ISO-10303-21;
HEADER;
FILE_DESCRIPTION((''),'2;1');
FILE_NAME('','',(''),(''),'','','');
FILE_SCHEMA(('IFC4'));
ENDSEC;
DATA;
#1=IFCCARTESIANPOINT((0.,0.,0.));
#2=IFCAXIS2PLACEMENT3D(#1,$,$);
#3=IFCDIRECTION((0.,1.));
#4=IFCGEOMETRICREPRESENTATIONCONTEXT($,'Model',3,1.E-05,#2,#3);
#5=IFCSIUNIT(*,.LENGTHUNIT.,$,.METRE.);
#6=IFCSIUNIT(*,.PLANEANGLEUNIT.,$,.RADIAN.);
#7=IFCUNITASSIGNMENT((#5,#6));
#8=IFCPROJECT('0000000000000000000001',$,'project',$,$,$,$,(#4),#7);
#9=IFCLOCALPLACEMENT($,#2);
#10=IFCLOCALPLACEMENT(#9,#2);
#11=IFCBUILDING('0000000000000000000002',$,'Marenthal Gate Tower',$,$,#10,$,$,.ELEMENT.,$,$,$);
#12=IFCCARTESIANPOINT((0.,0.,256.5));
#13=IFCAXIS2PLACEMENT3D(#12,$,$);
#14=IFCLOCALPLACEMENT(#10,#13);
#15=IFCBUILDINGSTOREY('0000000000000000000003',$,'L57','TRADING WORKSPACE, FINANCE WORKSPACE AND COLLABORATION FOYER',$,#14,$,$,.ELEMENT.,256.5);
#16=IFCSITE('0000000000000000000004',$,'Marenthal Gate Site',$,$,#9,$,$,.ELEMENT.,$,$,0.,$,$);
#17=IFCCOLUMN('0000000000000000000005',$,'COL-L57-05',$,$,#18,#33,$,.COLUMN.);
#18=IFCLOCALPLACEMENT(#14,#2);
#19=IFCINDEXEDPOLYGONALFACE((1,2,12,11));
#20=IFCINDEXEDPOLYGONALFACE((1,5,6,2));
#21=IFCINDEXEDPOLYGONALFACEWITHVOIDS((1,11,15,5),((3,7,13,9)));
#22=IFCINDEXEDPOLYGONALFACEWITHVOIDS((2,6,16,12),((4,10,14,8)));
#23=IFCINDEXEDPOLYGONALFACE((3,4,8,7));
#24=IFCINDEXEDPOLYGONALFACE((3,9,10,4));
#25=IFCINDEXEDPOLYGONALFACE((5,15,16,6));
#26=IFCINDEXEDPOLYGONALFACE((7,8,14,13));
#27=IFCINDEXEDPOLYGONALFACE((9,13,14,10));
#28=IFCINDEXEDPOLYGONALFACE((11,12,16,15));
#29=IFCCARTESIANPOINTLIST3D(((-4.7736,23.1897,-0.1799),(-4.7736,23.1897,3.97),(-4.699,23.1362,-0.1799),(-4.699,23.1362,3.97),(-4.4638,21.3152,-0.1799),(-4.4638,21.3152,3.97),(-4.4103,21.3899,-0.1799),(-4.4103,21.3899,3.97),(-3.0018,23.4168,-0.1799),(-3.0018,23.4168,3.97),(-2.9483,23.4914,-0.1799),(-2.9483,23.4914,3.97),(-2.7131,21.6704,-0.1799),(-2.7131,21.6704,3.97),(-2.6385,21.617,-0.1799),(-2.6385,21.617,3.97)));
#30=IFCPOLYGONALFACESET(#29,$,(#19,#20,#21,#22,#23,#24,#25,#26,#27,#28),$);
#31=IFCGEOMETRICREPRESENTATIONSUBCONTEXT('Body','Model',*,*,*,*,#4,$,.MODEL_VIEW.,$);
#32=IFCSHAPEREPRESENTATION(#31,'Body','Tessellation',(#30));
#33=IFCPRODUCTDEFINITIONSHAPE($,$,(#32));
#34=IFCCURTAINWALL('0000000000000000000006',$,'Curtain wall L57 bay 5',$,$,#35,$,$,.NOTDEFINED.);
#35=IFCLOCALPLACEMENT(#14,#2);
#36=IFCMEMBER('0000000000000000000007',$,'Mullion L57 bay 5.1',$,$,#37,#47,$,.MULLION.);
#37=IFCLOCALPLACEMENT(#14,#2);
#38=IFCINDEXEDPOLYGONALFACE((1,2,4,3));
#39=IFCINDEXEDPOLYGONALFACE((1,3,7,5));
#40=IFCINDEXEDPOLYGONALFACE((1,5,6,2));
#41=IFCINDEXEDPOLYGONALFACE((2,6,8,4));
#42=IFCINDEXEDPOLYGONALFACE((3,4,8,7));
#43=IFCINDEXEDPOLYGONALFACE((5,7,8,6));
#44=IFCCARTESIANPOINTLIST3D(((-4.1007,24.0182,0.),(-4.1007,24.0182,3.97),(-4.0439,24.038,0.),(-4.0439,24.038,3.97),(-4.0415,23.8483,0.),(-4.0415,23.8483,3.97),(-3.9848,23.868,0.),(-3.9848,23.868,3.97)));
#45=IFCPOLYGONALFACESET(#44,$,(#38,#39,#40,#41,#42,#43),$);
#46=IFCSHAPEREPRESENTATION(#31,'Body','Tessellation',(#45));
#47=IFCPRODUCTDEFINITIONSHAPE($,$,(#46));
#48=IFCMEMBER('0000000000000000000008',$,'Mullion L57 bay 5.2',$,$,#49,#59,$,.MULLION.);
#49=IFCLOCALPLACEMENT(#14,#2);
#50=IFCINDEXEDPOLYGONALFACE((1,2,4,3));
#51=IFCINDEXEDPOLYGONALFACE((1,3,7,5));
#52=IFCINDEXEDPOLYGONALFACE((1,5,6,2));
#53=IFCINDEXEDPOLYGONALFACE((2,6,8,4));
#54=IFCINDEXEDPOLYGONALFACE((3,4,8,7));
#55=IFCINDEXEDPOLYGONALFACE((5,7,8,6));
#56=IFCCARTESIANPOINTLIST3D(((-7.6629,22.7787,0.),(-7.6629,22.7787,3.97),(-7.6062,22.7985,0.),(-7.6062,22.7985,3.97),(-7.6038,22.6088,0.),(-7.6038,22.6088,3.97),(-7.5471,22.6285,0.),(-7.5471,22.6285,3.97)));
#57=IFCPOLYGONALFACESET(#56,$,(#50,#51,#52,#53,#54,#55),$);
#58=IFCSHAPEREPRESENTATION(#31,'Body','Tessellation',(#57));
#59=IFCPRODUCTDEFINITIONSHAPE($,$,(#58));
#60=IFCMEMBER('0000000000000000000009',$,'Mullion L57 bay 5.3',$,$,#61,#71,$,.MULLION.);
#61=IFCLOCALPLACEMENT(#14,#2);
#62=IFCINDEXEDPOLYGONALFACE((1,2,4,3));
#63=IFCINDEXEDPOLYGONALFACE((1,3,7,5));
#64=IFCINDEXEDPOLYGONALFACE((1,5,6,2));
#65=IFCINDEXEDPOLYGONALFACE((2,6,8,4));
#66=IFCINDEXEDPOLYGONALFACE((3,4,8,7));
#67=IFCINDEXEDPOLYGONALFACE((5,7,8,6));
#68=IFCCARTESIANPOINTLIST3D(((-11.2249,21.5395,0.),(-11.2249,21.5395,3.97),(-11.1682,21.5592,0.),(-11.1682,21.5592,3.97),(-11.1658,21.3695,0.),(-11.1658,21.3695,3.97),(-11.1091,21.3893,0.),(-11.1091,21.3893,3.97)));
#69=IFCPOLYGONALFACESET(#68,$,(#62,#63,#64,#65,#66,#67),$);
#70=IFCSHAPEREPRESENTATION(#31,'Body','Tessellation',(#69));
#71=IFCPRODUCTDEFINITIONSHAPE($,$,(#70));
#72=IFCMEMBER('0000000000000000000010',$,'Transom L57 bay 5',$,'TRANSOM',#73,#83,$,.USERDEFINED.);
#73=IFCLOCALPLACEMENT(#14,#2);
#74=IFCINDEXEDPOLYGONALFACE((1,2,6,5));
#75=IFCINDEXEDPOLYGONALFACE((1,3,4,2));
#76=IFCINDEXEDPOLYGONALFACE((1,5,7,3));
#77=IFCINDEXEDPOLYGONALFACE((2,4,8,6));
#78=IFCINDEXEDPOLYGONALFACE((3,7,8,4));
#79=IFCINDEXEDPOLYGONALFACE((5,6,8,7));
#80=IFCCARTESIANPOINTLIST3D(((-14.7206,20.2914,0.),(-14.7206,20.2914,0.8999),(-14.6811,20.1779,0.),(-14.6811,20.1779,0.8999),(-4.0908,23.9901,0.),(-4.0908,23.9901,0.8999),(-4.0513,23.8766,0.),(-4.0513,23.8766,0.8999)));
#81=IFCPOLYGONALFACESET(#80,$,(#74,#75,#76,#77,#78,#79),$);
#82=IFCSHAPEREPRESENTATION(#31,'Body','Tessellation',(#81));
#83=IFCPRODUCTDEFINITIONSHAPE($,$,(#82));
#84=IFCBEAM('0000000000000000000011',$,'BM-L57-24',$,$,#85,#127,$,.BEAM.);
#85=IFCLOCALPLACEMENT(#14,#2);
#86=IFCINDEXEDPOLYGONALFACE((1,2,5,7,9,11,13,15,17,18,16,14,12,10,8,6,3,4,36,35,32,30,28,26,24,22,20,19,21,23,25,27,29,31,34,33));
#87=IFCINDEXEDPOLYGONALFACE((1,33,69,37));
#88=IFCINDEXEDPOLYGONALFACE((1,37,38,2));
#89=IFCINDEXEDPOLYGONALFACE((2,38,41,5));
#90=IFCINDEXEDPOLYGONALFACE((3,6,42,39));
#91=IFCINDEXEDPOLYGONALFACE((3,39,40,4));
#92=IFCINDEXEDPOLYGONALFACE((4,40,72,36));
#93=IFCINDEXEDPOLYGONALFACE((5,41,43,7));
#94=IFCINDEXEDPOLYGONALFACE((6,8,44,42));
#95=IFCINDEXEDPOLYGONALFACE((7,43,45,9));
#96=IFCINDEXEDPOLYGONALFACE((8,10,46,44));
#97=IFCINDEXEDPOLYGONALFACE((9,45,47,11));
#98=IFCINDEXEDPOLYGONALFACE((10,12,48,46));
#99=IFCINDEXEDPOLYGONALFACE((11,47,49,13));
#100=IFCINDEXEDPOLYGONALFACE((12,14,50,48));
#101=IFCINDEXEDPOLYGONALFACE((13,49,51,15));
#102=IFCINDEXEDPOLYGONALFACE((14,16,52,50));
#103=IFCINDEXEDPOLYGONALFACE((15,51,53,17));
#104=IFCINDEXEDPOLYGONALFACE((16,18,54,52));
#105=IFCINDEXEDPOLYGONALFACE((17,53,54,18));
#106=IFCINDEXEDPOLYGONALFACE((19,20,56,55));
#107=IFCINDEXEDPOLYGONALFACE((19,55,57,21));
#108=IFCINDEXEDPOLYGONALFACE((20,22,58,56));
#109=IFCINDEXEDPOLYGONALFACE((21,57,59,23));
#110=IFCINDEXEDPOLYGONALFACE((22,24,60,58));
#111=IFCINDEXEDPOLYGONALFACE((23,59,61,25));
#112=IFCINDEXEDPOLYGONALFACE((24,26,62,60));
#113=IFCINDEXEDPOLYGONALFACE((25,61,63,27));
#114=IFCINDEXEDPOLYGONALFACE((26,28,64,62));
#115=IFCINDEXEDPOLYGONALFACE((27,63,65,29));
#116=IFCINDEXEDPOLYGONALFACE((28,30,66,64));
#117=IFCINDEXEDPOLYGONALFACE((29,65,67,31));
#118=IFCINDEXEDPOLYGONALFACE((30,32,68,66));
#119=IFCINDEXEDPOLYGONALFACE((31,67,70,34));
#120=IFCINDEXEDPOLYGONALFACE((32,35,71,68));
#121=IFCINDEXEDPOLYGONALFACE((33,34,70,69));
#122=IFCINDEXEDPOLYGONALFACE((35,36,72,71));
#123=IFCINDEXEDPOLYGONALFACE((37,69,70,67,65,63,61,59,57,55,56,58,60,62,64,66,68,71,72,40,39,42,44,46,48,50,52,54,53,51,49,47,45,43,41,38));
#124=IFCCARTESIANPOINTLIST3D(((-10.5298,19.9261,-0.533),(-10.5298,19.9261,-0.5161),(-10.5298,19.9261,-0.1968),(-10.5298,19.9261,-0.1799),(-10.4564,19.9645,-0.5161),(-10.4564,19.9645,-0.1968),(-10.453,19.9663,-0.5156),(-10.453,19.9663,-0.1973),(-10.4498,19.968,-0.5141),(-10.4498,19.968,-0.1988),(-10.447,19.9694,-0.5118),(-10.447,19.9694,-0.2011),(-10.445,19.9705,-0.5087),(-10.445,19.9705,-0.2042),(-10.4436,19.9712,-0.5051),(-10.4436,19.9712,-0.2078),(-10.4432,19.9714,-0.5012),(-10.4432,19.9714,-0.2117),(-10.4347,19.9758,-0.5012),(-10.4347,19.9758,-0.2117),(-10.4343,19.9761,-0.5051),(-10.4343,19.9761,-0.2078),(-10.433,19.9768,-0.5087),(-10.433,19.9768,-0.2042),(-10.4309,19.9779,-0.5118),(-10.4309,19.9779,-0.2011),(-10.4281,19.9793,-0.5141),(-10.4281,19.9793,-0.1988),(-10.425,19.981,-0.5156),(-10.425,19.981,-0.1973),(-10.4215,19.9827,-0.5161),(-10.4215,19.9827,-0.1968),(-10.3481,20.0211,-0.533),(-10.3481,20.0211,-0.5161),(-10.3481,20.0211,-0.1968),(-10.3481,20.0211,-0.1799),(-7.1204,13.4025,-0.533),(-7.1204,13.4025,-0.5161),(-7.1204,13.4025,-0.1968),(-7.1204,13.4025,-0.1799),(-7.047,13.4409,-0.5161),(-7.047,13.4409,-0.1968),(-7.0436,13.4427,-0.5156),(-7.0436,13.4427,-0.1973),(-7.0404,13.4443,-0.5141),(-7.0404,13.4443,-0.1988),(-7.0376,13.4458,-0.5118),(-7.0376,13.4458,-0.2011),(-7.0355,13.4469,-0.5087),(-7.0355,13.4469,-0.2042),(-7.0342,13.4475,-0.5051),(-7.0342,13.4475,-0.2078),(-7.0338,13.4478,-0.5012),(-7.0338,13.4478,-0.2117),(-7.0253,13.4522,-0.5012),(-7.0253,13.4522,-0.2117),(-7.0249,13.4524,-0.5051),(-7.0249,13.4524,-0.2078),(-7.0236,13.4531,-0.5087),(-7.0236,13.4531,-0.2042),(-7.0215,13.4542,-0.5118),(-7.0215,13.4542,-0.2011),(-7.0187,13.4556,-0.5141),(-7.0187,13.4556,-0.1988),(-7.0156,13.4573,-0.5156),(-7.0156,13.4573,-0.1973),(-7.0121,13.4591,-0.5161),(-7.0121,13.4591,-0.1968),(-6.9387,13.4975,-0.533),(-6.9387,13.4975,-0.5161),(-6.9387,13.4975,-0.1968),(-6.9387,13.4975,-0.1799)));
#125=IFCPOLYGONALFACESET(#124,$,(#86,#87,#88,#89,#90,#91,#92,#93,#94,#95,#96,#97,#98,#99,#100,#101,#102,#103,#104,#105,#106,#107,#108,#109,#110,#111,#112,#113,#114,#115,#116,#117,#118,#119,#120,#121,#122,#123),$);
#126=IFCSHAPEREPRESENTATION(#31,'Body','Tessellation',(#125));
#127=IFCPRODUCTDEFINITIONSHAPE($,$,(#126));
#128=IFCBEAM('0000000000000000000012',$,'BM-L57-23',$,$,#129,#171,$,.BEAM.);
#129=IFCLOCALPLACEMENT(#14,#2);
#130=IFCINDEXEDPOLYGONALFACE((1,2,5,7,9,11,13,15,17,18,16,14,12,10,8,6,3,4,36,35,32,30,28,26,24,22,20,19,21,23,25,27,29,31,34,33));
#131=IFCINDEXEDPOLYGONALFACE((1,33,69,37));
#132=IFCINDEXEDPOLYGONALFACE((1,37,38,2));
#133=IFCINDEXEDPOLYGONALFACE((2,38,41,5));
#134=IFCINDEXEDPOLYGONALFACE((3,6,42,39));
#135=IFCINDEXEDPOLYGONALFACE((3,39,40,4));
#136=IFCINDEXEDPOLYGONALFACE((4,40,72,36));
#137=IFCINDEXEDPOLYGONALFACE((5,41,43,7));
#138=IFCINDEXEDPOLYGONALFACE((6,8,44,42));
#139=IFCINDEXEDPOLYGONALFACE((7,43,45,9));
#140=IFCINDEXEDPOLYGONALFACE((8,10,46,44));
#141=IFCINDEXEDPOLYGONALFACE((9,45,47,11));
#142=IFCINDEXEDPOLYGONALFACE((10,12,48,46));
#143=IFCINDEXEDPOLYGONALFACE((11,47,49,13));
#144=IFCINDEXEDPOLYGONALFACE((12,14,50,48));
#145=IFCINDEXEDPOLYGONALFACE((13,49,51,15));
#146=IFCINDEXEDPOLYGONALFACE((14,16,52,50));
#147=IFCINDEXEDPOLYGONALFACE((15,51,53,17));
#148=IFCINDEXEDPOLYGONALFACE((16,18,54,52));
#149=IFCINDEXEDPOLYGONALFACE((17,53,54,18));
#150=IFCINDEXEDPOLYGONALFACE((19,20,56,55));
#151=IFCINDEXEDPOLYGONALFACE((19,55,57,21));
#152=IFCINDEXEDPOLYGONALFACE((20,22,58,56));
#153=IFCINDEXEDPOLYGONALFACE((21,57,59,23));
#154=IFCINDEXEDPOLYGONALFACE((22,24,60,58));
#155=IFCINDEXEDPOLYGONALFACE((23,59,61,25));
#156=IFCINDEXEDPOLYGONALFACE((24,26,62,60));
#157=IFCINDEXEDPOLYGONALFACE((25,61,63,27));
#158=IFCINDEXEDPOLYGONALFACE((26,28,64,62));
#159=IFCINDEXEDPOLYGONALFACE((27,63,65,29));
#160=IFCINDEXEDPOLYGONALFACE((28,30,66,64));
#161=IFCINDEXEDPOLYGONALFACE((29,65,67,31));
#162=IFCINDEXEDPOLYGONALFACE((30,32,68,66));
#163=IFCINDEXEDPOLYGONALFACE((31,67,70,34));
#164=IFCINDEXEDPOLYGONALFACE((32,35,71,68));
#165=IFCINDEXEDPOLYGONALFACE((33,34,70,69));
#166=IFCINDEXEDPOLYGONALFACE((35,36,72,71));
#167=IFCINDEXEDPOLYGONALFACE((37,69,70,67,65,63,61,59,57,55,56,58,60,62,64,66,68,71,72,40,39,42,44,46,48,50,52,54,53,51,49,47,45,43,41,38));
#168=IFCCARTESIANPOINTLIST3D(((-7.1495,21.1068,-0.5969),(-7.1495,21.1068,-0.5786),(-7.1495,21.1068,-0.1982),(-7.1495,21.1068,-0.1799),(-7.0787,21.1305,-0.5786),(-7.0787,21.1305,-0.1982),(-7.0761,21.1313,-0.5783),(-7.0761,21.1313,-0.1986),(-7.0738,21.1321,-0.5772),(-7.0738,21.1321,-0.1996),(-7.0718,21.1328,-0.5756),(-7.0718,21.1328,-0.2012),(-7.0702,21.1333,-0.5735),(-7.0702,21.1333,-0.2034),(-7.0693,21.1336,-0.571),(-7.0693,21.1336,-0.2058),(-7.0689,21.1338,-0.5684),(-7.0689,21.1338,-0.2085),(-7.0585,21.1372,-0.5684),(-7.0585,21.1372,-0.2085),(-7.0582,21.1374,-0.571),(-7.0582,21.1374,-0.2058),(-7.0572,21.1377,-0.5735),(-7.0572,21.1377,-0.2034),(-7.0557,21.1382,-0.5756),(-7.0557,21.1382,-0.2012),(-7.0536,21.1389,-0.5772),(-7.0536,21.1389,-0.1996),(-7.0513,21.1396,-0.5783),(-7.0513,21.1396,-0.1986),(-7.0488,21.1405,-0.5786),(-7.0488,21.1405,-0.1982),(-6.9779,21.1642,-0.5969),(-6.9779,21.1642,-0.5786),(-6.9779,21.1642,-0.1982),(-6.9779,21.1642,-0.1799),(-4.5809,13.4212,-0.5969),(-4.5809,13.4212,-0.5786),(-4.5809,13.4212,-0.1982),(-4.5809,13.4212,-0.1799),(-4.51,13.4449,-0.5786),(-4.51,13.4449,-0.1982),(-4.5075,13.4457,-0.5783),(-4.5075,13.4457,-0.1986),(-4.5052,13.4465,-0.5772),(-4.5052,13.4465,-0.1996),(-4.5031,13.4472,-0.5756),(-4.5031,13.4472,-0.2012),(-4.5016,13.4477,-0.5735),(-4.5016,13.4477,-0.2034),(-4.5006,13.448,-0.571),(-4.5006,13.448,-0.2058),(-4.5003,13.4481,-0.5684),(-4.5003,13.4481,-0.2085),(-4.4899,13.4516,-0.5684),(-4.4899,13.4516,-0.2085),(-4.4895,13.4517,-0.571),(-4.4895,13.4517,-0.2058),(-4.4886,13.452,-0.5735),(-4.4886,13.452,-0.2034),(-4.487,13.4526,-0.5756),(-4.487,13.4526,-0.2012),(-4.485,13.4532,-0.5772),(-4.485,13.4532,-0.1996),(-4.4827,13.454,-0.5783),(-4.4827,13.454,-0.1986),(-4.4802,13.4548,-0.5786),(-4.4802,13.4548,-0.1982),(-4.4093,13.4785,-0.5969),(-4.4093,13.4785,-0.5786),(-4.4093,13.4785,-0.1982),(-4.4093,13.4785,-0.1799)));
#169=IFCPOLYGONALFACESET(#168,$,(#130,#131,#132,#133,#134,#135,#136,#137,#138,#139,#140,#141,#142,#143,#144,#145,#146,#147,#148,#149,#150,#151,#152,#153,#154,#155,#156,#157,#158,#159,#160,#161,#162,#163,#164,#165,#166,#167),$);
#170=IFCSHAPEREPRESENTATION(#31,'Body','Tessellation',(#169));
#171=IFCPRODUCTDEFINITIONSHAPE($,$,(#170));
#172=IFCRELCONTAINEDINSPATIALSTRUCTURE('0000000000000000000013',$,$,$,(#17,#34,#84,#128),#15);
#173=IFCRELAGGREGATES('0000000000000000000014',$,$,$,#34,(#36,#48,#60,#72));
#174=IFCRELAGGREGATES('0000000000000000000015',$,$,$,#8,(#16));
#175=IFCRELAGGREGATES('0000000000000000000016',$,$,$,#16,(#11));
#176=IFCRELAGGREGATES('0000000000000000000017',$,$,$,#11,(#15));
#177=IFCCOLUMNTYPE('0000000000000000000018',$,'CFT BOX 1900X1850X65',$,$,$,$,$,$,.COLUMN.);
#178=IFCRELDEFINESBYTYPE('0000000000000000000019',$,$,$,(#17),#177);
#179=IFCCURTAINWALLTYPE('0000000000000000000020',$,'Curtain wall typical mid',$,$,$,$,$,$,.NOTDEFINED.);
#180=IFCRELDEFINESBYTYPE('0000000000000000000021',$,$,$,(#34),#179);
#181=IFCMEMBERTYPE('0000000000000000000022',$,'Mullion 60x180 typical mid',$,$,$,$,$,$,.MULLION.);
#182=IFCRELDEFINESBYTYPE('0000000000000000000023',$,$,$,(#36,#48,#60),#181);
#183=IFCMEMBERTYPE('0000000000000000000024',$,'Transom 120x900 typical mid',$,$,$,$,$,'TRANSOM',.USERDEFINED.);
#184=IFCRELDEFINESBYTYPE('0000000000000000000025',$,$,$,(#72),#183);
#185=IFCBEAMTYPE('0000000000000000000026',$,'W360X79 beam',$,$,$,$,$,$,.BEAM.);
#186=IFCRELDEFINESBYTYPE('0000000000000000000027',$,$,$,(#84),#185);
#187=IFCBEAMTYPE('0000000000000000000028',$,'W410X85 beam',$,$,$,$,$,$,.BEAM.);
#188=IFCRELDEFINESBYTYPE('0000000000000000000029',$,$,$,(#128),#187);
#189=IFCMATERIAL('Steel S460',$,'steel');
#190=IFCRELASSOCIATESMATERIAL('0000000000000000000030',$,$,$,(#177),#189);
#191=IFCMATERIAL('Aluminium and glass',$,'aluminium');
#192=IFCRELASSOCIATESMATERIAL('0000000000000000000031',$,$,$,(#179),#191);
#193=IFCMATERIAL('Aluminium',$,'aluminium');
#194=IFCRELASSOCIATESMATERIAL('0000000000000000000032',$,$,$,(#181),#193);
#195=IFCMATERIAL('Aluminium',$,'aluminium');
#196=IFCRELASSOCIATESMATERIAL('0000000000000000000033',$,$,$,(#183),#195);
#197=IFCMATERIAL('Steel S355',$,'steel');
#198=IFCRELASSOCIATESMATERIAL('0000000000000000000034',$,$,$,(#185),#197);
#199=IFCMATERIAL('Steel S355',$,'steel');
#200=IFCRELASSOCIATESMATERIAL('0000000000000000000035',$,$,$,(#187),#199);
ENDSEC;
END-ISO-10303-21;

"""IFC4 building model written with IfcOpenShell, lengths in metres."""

from ifc_helpers import new_model, si_unit, direction, frame, origin, origin_2d, place, context, subcontext, project, spatial, rectangle, hollow_rectangle, i_section, extrude, material, material_profile, profile_set, type_object, element, aggregate, save


model = new_model("IFC4")

# Units and contexts
model_context = context("Model", 3, precision=1e-05, world=origin(), true_north=direction((0.0, 1.0)))
body_context = subcontext(model_context, "Body", "Model", "MODEL_VIEW")
ifc_project = project(units=[si_unit("LENGTHUNIT", "METRE"), si_unit("PLANEANGLEUNIT", "RADIAN")], contexts=[model_context])

# Site, building, storey
site_placement = place(None, origin())
site = spatial("IfcSite", under=ifc_project, at=site_placement, Name="Marenthal Gate Site", CompositionType="ELEMENT", RefElevation=0.0)
building_placement = place(site_placement, origin())
building = spatial("IfcBuilding", under=site, at=building_placement, Name="Marenthal Gate Tower", CompositionType="ELEMENT")
storey_placement = place(building_placement, frame((0.0, 0.0, 256.5)))
storey = spatial("IfcBuildingStorey", under=building, at=storey_placement, Name="L57", Description="TRADING WORKSPACE, FINANCE WORKSPACE AND COLLABORATION FOYER", CompositionType="ELEMENT", Elevation=256.5)

# Column
ifc_material_1 = material(Name="Steel S460", Category="steel")
ifc_material_profile_1 = material_profile(ifc_material_1, hollow_rectangle(XDim=1.8501, YDim=1.8999, WallThickness=0.0649, at=origin_2d()), Name="CFT BOX 1900X1850X65")
ifc_material_2 = material(Name="Concrete 70 MPa", Category="concrete")
ifc_material_profile_2 = material_profile(ifc_material_2, rectangle(XDim=1.72, YDim=1.77, at=origin_2d()), Name="CFT BOX 1900X1850X65 INFILL")
ifc_profile_set_1 = profile_set([ifc_material_profile_1, ifc_material_profile_2], Name="Steel S460 shell, Concrete 70 MPa infill")
column_type = type_object("IfcColumnType", Name="CFT BOX 1900X1850X65", PredefinedType="COLUMN", material=ifc_profile_set_1)
column_placement = place(storey_placement, frame((-3.7061, 22.4033, -0.1799), z_axis=(0.0, 0.0, 1.0), x_axis=(0.986611, 0.163088, 0.0)))
element("IfcColumn", 1, at=column_placement, inside=storey, type_object=column_type, Name="COL-L57-05", PredefinedType="COLUMN", context=body_context, shape_type="SweptSolid", body=[
    extrude(hollow_rectangle(XDim=1.8501, YDim=1.8999, WallThickness=0.0649, at=origin_2d()), origin(), (0.0, 0.0, 1.0), 4.1499),
])

# Curtain wall, members
ifc_material_3 = material(Name="Aluminium and glass", Category="aluminium")
curtain_wall_type = type_object("IfcCurtainWallType", Name="Curtain wall typical mid", PredefinedType="NOTDEFINED", material=ifc_material_3)
curtain_wall_placement = place(storey_placement, origin())
curtain_wall = element("IfcCurtainWall", 2, at=curtain_wall_placement, inside=storey, type_object=curtain_wall_type, Name="Curtain wall L57 bay 5", PredefinedType="NOTDEFINED")
ifc_material_4 = material(Name="Aluminium", Category="aluminium")
ifc_material_profile_3 = material_profile(ifc_material_4, rectangle(XDim=0.1799, YDim=0.0601, at=origin_2d()), Name="60x180 aluminium mullion")
ifc_profile_set_2 = profile_set([ifc_material_profile_3], Name="Aluminium")
member_type_1 = type_object("IfcMemberType", Name="Mullion 60x180 typical mid", PredefinedType="MULLION", material=ifc_profile_set_2)
member_1_placement = place(storey_placement, frame((-4.0427, 23.9431, 0.0), z_axis=(0.0, 0.0, 1.0), x_axis=(0.328612, -0.944465, 0.0)))
member_1 = element("IfcMember", 3, at=member_1_placement, type_object=member_type_1, Name="Mullion L57 bay 5.1", PredefinedType="MULLION", context=body_context, shape_type="SweptSolid", body=[
    extrude(rectangle(XDim=0.1799, YDim=0.0601, at=origin_2d()), origin(), (0.0, 0.0, 1.0), 3.97),
])
member_2_placement = place(storey_placement, frame((-7.605, 22.7036, 0.0), z_axis=(0.0, 0.0, 1.0), x_axis=(0.328612, -0.944465, 0.0)))
member_2 = element("IfcMember", 4, at=member_2_placement, type_object=member_type_1, Name="Mullion L57 bay 5.2", PredefinedType="MULLION", context=body_context, shape_type="SweptSolid", body=[
    extrude(rectangle(XDim=0.1799, YDim=0.0601, at=origin_2d()), origin(), (0.0, 0.0, 1.0), 3.97),
])
member_3_placement = place(storey_placement, frame((-11.167, 21.4644, 0.0), z_axis=(0.0, 0.0, 1.0), x_axis=(0.328612, -0.944465, 0.0)))
member_3 = element("IfcMember", 5, at=member_3_placement, type_object=member_type_1, Name="Mullion L57 bay 5.3", PredefinedType="MULLION", context=body_context, shape_type="SweptSolid", body=[
    extrude(rectangle(XDim=0.1799, YDim=0.0601, at=origin_2d()), origin(), (0.0, 0.0, 1.0), 3.97),
])
ifc_material_5 = material(Name="Aluminium", Category="aluminium")
ifc_material_profile_4 = material_profile(ifc_material_5, rectangle(XDim=0.1201, YDim=0.8999, at=origin_2d()), Name="120x900 aluminium transom")
ifc_profile_set_3 = profile_set([ifc_material_profile_4], Name="Aluminium")
member_type_2 = type_object("IfcMemberType", Name="Transom 120x900 typical mid", ElementType="TRANSOM", PredefinedType="USERDEFINED", material=ifc_profile_set_3)
member_4_placement = place(storey_placement, frame((-4.071, 23.9333, 0.45), z_axis=(-0.944459, -0.32863, 0.0), x_axis=(0.32863, -0.944459, 0.0)))
member_4 = element("IfcMember", 6, at=member_4_placement, type_object=member_type_2, Name="Transom L57 bay 5", ObjectType="TRANSOM", PredefinedType="USERDEFINED", context=body_context, shape_type="SweptSolid", body=[
    extrude(rectangle(XDim=0.1201, YDim=0.8999, at=origin_2d()), origin(), (0.0, 0.0, 1.0), 11.2549),
])

# Beams
ifc_material_6 = material(Name="Steel S355", Category="steel")
ifc_material_profile_5 = material_profile(ifc_material_6, i_section(OverallWidth=0.2051, OverallDepth=0.353, WebThickness=0.0095, FlangeThickness=0.0168, FilletRadius=0.0149, at=origin_2d()), Name="W360X79")
ifc_profile_set_4 = profile_set([ifc_material_profile_5], Name="Steel S355")
beam_type_1 = type_object("IfcBeamType", Name="W360X79 beam", PredefinedType="BEAM", material=ifc_profile_set_4)
beam_1_placement = place(storey_placement, frame((-10.439, 19.9736, -0.3564), z_axis=(0.463181, -0.886264, 0.0), x_axis=(0.886264, 0.463181, 0.0)))
element("IfcBeam", 7, at=beam_1_placement, inside=storey, type_object=beam_type_1, Name="BM-L57-24", PredefinedType="BEAM", context=body_context, shape_type="SweptSolid", body=[
    extrude(i_section(OverallWidth=0.2051, OverallDepth=0.353, WebThickness=0.0095, FlangeThickness=0.0168, FilletRadius=0.0149, at=origin_2d()), origin(), (0.0, 0.0, 1.0), 7.3608),
])
ifc_material_7 = material(Name="Steel S355", Category="steel")
ifc_material_profile_6 = material_profile(ifc_material_7, i_section(OverallWidth=0.1809, OverallDepth=0.417, WebThickness=0.011, FlangeThickness=0.0183, FilletRadius=0.0103, at=origin_2d()), Name="W410X85")
ifc_profile_set_5 = profile_set([ifc_material_profile_6], Name="Steel S355")
beam_type_2 = type_object("IfcBeamType", Name="W410X85 beam", PredefinedType="BEAM", material=ifc_profile_set_5)
beam_2_placement = place(storey_placement, frame((-7.0637, 21.1355, -0.3884), z_axis=(0.316978, -0.948433, 0.0), x_axis=(0.948433, 0.316978, 0.0)))
element("IfcBeam", 8, at=beam_2_placement, inside=storey, type_object=beam_type_2, Name="BM-L57-23", PredefinedType="BEAM", context=body_context, shape_type="SweptSolid", body=[
    extrude(i_section(OverallWidth=0.1809, OverallDepth=0.417, WebThickness=0.011, FlangeThickness=0.0183, FilletRadius=0.0103, at=origin_2d()), origin(), (0.0, 0.0, 1.0), 8.1035),
])

aggregate(curtain_wall, [member_1, member_2, member_3, member_4])

save(model, "model.ifc")
